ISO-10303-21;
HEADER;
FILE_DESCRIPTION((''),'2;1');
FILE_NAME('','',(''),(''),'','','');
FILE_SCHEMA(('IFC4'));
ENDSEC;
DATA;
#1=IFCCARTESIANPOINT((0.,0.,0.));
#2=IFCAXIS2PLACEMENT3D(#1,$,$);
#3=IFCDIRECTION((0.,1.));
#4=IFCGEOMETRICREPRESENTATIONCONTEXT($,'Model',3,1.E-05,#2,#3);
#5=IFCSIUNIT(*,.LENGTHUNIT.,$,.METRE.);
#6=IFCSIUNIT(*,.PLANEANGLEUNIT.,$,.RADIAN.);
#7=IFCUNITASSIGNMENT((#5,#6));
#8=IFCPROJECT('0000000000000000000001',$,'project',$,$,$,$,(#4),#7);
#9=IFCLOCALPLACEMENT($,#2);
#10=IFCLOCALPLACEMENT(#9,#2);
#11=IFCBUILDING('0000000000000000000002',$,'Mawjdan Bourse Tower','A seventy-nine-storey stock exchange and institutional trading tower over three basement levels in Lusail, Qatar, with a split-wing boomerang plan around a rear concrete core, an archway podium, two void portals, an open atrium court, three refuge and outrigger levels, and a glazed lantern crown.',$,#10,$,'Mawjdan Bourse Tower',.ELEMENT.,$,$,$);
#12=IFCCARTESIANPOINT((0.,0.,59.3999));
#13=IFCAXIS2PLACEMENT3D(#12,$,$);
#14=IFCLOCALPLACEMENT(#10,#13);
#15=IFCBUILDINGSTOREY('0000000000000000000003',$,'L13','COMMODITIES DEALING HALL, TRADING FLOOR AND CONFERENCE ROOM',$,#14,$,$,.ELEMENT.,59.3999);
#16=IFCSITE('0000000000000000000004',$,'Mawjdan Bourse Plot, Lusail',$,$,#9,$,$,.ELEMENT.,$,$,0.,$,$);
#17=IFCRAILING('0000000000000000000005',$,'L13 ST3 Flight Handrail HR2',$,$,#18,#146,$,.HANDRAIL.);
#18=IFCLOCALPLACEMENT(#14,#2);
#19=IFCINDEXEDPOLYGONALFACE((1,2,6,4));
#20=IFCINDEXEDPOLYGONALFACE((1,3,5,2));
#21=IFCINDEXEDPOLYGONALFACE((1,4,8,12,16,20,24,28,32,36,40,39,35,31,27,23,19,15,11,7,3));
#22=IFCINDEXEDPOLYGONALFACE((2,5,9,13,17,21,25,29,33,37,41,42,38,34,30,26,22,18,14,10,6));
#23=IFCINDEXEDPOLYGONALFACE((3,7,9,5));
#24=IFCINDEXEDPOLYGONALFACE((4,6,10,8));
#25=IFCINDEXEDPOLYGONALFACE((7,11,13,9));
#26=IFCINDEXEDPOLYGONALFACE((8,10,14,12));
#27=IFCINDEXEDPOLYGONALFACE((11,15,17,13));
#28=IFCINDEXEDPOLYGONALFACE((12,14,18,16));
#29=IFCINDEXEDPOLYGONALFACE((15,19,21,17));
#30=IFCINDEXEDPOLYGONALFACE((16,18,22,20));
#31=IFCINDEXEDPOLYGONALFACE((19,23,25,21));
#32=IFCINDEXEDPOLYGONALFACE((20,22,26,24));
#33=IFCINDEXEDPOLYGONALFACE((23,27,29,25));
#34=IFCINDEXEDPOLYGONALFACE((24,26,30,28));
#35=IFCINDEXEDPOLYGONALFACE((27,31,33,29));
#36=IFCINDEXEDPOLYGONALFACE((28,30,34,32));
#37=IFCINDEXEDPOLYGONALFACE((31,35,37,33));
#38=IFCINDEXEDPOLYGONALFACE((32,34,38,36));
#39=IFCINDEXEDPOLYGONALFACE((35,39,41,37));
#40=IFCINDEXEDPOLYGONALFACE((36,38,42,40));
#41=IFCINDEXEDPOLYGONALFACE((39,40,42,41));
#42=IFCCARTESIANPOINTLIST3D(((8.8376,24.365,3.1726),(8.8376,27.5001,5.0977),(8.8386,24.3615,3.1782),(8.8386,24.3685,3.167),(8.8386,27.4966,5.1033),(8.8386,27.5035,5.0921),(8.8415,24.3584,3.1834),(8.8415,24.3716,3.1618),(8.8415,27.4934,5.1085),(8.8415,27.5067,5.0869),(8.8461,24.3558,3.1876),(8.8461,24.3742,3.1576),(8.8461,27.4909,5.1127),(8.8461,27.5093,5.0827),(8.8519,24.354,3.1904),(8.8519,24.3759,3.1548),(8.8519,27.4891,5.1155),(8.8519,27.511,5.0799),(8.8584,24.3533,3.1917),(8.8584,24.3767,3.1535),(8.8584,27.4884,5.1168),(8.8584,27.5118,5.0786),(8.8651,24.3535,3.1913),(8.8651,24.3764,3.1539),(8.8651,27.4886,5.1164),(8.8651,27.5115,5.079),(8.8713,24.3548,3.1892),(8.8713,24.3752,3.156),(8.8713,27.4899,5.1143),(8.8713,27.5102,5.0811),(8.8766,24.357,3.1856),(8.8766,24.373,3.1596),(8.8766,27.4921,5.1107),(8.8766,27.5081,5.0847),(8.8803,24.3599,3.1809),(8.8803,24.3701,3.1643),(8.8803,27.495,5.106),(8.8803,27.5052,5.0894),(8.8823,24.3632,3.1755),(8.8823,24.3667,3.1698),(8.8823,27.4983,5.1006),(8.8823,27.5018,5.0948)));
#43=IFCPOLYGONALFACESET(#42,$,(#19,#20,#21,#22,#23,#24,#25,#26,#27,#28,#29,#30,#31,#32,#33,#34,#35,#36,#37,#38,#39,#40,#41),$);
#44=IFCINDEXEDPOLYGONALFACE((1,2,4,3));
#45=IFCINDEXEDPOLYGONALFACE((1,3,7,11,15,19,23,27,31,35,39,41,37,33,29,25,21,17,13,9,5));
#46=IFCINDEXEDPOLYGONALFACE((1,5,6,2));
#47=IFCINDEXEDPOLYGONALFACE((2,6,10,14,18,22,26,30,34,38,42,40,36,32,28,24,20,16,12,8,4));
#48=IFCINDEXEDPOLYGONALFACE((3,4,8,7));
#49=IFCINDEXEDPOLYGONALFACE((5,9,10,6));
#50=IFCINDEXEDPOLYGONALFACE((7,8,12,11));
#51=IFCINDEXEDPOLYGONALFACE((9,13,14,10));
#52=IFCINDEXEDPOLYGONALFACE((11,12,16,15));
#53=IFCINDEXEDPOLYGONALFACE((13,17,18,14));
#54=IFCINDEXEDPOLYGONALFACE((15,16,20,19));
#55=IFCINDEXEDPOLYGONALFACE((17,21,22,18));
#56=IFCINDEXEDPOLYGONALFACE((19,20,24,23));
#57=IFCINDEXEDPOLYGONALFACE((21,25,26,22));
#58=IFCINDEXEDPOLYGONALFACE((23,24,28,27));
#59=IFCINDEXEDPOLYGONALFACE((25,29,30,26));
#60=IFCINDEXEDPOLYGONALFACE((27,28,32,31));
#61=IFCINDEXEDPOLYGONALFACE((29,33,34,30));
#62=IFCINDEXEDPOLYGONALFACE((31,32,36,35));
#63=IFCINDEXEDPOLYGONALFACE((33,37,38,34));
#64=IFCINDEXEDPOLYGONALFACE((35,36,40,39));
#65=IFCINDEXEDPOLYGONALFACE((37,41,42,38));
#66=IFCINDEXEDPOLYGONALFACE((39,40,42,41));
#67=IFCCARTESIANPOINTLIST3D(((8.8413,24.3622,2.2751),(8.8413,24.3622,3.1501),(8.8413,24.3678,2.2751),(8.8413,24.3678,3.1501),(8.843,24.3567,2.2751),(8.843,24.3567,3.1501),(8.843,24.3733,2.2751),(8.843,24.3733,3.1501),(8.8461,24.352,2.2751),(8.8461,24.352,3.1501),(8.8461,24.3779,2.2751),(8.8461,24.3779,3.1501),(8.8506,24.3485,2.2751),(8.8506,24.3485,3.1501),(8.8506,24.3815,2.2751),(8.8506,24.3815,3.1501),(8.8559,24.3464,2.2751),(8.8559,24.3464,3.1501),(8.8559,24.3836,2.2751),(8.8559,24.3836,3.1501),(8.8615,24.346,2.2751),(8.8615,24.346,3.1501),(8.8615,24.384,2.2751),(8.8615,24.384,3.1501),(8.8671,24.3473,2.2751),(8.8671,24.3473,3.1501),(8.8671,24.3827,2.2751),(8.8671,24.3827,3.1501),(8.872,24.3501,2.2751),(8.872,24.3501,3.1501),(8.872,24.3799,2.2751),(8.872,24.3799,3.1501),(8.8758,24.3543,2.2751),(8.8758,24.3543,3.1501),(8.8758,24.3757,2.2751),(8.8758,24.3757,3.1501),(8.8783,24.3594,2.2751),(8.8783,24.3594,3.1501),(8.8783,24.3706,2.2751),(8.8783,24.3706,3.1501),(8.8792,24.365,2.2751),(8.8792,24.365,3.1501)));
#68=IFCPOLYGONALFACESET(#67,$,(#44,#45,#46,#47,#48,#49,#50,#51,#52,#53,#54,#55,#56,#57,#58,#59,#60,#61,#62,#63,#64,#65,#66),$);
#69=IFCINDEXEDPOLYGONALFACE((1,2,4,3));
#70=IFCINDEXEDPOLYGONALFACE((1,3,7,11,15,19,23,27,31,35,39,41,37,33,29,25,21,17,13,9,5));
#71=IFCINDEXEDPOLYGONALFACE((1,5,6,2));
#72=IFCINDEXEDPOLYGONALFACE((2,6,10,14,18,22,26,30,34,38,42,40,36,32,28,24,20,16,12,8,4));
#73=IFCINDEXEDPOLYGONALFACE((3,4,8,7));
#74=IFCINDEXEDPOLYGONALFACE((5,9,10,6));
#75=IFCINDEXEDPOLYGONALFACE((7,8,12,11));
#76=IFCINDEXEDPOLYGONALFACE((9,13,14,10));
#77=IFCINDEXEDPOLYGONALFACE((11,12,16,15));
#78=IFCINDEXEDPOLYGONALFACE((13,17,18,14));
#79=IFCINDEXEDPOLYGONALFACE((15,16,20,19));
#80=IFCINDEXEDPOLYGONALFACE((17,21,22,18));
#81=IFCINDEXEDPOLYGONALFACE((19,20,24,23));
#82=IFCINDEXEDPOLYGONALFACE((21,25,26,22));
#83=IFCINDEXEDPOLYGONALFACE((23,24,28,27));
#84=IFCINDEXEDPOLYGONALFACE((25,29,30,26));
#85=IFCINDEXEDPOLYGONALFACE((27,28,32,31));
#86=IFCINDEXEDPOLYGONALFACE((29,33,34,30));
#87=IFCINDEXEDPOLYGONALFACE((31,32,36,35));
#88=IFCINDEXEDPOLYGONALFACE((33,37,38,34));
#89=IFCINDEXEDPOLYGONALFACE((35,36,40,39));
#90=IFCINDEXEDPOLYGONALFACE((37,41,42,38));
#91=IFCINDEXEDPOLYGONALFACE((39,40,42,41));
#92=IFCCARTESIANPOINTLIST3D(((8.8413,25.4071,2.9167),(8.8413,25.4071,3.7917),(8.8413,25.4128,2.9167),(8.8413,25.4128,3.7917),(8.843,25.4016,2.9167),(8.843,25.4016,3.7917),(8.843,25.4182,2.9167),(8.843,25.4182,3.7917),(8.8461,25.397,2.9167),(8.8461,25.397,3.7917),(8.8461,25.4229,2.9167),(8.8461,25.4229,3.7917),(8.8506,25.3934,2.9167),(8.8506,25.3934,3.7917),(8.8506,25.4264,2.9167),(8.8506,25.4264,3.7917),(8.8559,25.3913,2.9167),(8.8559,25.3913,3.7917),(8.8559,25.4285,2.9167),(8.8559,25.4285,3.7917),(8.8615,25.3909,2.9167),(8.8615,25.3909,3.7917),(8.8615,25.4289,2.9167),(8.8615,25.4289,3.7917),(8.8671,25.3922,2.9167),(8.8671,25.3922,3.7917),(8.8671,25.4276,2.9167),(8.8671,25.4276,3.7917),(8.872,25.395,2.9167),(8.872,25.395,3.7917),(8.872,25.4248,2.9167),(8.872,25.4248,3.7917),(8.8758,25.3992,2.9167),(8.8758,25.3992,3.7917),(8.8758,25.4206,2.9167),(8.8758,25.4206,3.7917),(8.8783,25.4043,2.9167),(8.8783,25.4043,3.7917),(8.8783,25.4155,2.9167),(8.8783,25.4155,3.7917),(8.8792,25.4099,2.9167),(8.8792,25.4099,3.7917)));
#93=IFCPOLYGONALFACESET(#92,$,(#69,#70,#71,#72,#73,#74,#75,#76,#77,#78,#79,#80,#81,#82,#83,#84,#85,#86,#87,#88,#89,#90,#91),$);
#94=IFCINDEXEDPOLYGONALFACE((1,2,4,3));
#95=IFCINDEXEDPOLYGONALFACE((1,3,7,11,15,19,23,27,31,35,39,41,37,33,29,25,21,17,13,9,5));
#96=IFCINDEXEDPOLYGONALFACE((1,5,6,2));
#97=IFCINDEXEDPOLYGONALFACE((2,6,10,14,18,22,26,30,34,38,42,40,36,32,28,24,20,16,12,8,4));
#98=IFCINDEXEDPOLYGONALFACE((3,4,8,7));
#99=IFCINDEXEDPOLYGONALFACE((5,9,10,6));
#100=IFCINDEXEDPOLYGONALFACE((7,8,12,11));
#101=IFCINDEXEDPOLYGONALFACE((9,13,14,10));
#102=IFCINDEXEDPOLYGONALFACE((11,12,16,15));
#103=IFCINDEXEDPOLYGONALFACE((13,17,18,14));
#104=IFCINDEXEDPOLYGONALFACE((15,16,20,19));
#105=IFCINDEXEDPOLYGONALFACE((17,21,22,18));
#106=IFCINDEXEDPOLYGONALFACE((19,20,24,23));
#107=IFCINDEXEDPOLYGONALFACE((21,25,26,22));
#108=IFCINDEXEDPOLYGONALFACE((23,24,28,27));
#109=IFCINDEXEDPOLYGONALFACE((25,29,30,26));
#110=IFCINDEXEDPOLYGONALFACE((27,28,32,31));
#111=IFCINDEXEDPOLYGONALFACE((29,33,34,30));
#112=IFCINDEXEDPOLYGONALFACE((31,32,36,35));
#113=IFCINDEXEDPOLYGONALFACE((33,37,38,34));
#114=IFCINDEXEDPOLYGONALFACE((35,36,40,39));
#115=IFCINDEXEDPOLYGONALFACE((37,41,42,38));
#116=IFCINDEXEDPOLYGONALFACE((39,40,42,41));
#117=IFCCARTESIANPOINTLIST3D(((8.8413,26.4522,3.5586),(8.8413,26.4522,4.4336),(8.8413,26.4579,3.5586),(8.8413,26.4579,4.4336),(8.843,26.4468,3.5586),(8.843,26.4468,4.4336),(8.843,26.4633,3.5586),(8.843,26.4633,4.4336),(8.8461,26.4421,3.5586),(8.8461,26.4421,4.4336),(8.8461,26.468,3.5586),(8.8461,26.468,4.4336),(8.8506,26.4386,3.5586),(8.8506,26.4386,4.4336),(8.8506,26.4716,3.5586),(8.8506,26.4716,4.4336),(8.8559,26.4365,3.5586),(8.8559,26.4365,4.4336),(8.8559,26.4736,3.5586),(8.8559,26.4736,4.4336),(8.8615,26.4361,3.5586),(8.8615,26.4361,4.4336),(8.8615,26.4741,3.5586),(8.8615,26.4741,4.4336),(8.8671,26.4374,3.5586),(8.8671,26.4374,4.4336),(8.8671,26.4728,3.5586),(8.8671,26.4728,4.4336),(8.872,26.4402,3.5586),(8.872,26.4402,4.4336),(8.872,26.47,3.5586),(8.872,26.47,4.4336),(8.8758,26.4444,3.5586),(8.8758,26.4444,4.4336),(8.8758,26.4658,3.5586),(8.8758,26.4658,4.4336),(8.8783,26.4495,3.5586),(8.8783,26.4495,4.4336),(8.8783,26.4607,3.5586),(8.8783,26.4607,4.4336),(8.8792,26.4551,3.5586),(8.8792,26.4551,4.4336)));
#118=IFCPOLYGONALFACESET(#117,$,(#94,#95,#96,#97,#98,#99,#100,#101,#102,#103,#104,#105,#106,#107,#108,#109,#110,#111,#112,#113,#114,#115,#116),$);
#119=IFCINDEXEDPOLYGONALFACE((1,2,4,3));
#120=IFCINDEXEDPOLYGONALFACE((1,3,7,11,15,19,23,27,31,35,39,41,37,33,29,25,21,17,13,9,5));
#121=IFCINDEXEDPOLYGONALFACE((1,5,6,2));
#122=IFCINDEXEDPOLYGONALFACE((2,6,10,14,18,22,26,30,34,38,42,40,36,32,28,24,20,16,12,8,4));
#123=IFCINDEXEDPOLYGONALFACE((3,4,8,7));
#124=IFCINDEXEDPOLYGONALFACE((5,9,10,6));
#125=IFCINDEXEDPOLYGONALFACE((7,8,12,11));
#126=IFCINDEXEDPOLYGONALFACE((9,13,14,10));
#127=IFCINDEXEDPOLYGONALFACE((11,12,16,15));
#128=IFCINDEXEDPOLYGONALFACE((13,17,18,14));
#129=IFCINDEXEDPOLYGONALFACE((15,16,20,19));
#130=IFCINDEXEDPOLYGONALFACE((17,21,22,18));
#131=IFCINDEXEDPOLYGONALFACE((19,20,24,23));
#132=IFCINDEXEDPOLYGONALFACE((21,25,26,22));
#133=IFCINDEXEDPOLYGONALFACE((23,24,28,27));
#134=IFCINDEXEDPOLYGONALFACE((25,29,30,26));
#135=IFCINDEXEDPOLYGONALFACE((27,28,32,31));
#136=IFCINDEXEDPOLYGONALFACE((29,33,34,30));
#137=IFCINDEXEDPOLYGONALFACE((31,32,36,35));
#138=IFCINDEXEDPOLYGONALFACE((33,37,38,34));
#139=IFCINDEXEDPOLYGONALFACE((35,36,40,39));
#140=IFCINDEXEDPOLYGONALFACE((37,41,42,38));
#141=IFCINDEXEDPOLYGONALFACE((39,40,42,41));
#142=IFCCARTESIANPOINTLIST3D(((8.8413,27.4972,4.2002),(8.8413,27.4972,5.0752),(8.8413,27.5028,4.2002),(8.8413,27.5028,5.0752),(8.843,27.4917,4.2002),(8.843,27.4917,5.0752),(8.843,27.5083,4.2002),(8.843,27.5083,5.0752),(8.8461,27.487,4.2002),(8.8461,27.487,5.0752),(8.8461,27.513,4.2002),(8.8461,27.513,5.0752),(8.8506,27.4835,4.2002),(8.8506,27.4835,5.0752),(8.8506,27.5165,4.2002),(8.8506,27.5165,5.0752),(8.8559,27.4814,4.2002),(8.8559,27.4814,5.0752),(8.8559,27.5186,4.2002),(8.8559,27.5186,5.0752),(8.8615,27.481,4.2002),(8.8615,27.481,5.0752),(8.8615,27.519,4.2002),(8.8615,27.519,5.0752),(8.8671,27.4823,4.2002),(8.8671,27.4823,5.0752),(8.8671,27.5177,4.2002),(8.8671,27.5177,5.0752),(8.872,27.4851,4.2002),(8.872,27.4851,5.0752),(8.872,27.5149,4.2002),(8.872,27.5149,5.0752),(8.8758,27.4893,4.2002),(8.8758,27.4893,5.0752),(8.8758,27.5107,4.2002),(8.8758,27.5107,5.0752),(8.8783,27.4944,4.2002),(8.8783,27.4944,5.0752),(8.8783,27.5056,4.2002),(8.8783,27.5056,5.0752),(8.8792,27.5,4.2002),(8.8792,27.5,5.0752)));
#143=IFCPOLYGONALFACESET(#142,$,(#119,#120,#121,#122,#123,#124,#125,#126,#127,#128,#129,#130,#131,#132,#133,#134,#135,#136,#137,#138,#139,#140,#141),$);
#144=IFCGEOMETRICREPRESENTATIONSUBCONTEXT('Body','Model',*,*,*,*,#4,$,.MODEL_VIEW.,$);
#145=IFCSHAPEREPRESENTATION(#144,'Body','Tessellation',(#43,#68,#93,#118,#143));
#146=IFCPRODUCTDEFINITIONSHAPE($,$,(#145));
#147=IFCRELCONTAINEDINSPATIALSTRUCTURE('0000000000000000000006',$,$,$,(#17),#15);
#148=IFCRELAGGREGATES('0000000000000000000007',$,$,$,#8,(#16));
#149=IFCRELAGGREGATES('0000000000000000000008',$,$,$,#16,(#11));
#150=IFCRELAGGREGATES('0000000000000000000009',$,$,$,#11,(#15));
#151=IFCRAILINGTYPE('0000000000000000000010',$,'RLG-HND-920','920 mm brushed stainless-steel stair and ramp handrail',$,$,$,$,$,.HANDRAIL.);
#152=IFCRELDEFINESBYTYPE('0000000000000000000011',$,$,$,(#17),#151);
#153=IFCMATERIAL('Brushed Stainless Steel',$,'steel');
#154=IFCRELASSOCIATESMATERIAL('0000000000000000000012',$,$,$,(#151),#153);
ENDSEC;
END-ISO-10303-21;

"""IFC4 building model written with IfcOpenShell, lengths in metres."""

from ifc_helpers import new_model, si_unit, direction, frame, origin, origin_2d, place, context, subcontext, project, spatial, circle, extrude, material, type_object, element, save


model = new_model("IFC4")

# Units and contexts
model_context = context("Model", 3, precision=1e-05, world=origin(), true_north=direction((0.0, 1.0)))
body_context = subcontext(model_context, "Body", "Model", "MODEL_VIEW")
ifc_project = project(units=[si_unit("LENGTHUNIT", "METRE"), si_unit("PLANEANGLEUNIT", "RADIAN")], contexts=[model_context])

# Site, building, storey
site_placement = place(None, origin())
site = spatial("IfcSite", under=ifc_project, at=site_placement, Name="Mawjdan Bourse Plot, Lusail", CompositionType="ELEMENT", RefElevation=0.0)
building_placement = place(site_placement, origin())
building = spatial("IfcBuilding", under=site, at=building_placement, Name="Mawjdan Bourse Tower", Description="A seventy-nine-storey stock exchange and institutional trading tower over three basement levels in Lusail, Qatar, with a split-wing boomerang plan around a rear concrete core, an archway podium, two void portals, an open atrium court, three refuge and outrigger levels, and a glazed lantern crown.", LongName="Mawjdan Bourse Tower", CompositionType="ELEMENT")
storey_placement = place(building_placement, frame((0.0, 0.0, 59.3999)))
storey = spatial("IfcBuildingStorey", under=building, at=storey_placement, Name="L13", Description="COMMODITIES DEALING HALL, TRADING FLOOR AND CONFERENCE ROOM", CompositionType="ELEMENT", Elevation=59.3999)

# Railing
ifc_material_1 = material(Name="Brushed Stainless Steel", Category="steel")
railing_type_1 = type_object("IfcRailingType", Name="RLG-HND-920", Description="920 mm brushed stainless-steel stair and ramp handrail", PredefinedType="HANDRAIL", material=ifc_material_1)
railing_1_placement = place(storey_placement, frame((8.8601, 24.365, 2.2751)))
element("IfcRailing", 1, at=railing_1_placement, inside=storey, type_object=railing_type_1, Name="L13 ST3 Flight Handrail HR2", PredefinedType="HANDRAIL", context=body_context, shape_type="SweptSolid", body=[
    extrude(circle(Radius=0.0225, at=origin_2d()), frame((0.0, 0.0, 0.8975), z_axis=(0.0, 0.852166, 0.523271), x_axis=(-1.0, 0.0, 0.0)), (0.0, 0.0, 1.0), 3.679),
    extrude(circle(Radius=0.019, at=origin_2d()), origin(), (0.0, 0.0, 1.0), 0.875),
    extrude(circle(Radius=0.019, at=origin_2d()), frame((0.0, 1.0449, 0.6416)), (0.0, 0.0, 1.0), 0.875),
    extrude(circle(Radius=0.019, at=origin_2d()), frame((0.0, 2.0901, 1.2834)), (0.0, 0.0, 1.0), 0.875),
    extrude(circle(Radius=0.019, at=origin_2d()), frame((0.0, 3.135, 1.925)), (0.0, 0.0, 1.0), 0.875),
])

save(model, "model.ifc")
